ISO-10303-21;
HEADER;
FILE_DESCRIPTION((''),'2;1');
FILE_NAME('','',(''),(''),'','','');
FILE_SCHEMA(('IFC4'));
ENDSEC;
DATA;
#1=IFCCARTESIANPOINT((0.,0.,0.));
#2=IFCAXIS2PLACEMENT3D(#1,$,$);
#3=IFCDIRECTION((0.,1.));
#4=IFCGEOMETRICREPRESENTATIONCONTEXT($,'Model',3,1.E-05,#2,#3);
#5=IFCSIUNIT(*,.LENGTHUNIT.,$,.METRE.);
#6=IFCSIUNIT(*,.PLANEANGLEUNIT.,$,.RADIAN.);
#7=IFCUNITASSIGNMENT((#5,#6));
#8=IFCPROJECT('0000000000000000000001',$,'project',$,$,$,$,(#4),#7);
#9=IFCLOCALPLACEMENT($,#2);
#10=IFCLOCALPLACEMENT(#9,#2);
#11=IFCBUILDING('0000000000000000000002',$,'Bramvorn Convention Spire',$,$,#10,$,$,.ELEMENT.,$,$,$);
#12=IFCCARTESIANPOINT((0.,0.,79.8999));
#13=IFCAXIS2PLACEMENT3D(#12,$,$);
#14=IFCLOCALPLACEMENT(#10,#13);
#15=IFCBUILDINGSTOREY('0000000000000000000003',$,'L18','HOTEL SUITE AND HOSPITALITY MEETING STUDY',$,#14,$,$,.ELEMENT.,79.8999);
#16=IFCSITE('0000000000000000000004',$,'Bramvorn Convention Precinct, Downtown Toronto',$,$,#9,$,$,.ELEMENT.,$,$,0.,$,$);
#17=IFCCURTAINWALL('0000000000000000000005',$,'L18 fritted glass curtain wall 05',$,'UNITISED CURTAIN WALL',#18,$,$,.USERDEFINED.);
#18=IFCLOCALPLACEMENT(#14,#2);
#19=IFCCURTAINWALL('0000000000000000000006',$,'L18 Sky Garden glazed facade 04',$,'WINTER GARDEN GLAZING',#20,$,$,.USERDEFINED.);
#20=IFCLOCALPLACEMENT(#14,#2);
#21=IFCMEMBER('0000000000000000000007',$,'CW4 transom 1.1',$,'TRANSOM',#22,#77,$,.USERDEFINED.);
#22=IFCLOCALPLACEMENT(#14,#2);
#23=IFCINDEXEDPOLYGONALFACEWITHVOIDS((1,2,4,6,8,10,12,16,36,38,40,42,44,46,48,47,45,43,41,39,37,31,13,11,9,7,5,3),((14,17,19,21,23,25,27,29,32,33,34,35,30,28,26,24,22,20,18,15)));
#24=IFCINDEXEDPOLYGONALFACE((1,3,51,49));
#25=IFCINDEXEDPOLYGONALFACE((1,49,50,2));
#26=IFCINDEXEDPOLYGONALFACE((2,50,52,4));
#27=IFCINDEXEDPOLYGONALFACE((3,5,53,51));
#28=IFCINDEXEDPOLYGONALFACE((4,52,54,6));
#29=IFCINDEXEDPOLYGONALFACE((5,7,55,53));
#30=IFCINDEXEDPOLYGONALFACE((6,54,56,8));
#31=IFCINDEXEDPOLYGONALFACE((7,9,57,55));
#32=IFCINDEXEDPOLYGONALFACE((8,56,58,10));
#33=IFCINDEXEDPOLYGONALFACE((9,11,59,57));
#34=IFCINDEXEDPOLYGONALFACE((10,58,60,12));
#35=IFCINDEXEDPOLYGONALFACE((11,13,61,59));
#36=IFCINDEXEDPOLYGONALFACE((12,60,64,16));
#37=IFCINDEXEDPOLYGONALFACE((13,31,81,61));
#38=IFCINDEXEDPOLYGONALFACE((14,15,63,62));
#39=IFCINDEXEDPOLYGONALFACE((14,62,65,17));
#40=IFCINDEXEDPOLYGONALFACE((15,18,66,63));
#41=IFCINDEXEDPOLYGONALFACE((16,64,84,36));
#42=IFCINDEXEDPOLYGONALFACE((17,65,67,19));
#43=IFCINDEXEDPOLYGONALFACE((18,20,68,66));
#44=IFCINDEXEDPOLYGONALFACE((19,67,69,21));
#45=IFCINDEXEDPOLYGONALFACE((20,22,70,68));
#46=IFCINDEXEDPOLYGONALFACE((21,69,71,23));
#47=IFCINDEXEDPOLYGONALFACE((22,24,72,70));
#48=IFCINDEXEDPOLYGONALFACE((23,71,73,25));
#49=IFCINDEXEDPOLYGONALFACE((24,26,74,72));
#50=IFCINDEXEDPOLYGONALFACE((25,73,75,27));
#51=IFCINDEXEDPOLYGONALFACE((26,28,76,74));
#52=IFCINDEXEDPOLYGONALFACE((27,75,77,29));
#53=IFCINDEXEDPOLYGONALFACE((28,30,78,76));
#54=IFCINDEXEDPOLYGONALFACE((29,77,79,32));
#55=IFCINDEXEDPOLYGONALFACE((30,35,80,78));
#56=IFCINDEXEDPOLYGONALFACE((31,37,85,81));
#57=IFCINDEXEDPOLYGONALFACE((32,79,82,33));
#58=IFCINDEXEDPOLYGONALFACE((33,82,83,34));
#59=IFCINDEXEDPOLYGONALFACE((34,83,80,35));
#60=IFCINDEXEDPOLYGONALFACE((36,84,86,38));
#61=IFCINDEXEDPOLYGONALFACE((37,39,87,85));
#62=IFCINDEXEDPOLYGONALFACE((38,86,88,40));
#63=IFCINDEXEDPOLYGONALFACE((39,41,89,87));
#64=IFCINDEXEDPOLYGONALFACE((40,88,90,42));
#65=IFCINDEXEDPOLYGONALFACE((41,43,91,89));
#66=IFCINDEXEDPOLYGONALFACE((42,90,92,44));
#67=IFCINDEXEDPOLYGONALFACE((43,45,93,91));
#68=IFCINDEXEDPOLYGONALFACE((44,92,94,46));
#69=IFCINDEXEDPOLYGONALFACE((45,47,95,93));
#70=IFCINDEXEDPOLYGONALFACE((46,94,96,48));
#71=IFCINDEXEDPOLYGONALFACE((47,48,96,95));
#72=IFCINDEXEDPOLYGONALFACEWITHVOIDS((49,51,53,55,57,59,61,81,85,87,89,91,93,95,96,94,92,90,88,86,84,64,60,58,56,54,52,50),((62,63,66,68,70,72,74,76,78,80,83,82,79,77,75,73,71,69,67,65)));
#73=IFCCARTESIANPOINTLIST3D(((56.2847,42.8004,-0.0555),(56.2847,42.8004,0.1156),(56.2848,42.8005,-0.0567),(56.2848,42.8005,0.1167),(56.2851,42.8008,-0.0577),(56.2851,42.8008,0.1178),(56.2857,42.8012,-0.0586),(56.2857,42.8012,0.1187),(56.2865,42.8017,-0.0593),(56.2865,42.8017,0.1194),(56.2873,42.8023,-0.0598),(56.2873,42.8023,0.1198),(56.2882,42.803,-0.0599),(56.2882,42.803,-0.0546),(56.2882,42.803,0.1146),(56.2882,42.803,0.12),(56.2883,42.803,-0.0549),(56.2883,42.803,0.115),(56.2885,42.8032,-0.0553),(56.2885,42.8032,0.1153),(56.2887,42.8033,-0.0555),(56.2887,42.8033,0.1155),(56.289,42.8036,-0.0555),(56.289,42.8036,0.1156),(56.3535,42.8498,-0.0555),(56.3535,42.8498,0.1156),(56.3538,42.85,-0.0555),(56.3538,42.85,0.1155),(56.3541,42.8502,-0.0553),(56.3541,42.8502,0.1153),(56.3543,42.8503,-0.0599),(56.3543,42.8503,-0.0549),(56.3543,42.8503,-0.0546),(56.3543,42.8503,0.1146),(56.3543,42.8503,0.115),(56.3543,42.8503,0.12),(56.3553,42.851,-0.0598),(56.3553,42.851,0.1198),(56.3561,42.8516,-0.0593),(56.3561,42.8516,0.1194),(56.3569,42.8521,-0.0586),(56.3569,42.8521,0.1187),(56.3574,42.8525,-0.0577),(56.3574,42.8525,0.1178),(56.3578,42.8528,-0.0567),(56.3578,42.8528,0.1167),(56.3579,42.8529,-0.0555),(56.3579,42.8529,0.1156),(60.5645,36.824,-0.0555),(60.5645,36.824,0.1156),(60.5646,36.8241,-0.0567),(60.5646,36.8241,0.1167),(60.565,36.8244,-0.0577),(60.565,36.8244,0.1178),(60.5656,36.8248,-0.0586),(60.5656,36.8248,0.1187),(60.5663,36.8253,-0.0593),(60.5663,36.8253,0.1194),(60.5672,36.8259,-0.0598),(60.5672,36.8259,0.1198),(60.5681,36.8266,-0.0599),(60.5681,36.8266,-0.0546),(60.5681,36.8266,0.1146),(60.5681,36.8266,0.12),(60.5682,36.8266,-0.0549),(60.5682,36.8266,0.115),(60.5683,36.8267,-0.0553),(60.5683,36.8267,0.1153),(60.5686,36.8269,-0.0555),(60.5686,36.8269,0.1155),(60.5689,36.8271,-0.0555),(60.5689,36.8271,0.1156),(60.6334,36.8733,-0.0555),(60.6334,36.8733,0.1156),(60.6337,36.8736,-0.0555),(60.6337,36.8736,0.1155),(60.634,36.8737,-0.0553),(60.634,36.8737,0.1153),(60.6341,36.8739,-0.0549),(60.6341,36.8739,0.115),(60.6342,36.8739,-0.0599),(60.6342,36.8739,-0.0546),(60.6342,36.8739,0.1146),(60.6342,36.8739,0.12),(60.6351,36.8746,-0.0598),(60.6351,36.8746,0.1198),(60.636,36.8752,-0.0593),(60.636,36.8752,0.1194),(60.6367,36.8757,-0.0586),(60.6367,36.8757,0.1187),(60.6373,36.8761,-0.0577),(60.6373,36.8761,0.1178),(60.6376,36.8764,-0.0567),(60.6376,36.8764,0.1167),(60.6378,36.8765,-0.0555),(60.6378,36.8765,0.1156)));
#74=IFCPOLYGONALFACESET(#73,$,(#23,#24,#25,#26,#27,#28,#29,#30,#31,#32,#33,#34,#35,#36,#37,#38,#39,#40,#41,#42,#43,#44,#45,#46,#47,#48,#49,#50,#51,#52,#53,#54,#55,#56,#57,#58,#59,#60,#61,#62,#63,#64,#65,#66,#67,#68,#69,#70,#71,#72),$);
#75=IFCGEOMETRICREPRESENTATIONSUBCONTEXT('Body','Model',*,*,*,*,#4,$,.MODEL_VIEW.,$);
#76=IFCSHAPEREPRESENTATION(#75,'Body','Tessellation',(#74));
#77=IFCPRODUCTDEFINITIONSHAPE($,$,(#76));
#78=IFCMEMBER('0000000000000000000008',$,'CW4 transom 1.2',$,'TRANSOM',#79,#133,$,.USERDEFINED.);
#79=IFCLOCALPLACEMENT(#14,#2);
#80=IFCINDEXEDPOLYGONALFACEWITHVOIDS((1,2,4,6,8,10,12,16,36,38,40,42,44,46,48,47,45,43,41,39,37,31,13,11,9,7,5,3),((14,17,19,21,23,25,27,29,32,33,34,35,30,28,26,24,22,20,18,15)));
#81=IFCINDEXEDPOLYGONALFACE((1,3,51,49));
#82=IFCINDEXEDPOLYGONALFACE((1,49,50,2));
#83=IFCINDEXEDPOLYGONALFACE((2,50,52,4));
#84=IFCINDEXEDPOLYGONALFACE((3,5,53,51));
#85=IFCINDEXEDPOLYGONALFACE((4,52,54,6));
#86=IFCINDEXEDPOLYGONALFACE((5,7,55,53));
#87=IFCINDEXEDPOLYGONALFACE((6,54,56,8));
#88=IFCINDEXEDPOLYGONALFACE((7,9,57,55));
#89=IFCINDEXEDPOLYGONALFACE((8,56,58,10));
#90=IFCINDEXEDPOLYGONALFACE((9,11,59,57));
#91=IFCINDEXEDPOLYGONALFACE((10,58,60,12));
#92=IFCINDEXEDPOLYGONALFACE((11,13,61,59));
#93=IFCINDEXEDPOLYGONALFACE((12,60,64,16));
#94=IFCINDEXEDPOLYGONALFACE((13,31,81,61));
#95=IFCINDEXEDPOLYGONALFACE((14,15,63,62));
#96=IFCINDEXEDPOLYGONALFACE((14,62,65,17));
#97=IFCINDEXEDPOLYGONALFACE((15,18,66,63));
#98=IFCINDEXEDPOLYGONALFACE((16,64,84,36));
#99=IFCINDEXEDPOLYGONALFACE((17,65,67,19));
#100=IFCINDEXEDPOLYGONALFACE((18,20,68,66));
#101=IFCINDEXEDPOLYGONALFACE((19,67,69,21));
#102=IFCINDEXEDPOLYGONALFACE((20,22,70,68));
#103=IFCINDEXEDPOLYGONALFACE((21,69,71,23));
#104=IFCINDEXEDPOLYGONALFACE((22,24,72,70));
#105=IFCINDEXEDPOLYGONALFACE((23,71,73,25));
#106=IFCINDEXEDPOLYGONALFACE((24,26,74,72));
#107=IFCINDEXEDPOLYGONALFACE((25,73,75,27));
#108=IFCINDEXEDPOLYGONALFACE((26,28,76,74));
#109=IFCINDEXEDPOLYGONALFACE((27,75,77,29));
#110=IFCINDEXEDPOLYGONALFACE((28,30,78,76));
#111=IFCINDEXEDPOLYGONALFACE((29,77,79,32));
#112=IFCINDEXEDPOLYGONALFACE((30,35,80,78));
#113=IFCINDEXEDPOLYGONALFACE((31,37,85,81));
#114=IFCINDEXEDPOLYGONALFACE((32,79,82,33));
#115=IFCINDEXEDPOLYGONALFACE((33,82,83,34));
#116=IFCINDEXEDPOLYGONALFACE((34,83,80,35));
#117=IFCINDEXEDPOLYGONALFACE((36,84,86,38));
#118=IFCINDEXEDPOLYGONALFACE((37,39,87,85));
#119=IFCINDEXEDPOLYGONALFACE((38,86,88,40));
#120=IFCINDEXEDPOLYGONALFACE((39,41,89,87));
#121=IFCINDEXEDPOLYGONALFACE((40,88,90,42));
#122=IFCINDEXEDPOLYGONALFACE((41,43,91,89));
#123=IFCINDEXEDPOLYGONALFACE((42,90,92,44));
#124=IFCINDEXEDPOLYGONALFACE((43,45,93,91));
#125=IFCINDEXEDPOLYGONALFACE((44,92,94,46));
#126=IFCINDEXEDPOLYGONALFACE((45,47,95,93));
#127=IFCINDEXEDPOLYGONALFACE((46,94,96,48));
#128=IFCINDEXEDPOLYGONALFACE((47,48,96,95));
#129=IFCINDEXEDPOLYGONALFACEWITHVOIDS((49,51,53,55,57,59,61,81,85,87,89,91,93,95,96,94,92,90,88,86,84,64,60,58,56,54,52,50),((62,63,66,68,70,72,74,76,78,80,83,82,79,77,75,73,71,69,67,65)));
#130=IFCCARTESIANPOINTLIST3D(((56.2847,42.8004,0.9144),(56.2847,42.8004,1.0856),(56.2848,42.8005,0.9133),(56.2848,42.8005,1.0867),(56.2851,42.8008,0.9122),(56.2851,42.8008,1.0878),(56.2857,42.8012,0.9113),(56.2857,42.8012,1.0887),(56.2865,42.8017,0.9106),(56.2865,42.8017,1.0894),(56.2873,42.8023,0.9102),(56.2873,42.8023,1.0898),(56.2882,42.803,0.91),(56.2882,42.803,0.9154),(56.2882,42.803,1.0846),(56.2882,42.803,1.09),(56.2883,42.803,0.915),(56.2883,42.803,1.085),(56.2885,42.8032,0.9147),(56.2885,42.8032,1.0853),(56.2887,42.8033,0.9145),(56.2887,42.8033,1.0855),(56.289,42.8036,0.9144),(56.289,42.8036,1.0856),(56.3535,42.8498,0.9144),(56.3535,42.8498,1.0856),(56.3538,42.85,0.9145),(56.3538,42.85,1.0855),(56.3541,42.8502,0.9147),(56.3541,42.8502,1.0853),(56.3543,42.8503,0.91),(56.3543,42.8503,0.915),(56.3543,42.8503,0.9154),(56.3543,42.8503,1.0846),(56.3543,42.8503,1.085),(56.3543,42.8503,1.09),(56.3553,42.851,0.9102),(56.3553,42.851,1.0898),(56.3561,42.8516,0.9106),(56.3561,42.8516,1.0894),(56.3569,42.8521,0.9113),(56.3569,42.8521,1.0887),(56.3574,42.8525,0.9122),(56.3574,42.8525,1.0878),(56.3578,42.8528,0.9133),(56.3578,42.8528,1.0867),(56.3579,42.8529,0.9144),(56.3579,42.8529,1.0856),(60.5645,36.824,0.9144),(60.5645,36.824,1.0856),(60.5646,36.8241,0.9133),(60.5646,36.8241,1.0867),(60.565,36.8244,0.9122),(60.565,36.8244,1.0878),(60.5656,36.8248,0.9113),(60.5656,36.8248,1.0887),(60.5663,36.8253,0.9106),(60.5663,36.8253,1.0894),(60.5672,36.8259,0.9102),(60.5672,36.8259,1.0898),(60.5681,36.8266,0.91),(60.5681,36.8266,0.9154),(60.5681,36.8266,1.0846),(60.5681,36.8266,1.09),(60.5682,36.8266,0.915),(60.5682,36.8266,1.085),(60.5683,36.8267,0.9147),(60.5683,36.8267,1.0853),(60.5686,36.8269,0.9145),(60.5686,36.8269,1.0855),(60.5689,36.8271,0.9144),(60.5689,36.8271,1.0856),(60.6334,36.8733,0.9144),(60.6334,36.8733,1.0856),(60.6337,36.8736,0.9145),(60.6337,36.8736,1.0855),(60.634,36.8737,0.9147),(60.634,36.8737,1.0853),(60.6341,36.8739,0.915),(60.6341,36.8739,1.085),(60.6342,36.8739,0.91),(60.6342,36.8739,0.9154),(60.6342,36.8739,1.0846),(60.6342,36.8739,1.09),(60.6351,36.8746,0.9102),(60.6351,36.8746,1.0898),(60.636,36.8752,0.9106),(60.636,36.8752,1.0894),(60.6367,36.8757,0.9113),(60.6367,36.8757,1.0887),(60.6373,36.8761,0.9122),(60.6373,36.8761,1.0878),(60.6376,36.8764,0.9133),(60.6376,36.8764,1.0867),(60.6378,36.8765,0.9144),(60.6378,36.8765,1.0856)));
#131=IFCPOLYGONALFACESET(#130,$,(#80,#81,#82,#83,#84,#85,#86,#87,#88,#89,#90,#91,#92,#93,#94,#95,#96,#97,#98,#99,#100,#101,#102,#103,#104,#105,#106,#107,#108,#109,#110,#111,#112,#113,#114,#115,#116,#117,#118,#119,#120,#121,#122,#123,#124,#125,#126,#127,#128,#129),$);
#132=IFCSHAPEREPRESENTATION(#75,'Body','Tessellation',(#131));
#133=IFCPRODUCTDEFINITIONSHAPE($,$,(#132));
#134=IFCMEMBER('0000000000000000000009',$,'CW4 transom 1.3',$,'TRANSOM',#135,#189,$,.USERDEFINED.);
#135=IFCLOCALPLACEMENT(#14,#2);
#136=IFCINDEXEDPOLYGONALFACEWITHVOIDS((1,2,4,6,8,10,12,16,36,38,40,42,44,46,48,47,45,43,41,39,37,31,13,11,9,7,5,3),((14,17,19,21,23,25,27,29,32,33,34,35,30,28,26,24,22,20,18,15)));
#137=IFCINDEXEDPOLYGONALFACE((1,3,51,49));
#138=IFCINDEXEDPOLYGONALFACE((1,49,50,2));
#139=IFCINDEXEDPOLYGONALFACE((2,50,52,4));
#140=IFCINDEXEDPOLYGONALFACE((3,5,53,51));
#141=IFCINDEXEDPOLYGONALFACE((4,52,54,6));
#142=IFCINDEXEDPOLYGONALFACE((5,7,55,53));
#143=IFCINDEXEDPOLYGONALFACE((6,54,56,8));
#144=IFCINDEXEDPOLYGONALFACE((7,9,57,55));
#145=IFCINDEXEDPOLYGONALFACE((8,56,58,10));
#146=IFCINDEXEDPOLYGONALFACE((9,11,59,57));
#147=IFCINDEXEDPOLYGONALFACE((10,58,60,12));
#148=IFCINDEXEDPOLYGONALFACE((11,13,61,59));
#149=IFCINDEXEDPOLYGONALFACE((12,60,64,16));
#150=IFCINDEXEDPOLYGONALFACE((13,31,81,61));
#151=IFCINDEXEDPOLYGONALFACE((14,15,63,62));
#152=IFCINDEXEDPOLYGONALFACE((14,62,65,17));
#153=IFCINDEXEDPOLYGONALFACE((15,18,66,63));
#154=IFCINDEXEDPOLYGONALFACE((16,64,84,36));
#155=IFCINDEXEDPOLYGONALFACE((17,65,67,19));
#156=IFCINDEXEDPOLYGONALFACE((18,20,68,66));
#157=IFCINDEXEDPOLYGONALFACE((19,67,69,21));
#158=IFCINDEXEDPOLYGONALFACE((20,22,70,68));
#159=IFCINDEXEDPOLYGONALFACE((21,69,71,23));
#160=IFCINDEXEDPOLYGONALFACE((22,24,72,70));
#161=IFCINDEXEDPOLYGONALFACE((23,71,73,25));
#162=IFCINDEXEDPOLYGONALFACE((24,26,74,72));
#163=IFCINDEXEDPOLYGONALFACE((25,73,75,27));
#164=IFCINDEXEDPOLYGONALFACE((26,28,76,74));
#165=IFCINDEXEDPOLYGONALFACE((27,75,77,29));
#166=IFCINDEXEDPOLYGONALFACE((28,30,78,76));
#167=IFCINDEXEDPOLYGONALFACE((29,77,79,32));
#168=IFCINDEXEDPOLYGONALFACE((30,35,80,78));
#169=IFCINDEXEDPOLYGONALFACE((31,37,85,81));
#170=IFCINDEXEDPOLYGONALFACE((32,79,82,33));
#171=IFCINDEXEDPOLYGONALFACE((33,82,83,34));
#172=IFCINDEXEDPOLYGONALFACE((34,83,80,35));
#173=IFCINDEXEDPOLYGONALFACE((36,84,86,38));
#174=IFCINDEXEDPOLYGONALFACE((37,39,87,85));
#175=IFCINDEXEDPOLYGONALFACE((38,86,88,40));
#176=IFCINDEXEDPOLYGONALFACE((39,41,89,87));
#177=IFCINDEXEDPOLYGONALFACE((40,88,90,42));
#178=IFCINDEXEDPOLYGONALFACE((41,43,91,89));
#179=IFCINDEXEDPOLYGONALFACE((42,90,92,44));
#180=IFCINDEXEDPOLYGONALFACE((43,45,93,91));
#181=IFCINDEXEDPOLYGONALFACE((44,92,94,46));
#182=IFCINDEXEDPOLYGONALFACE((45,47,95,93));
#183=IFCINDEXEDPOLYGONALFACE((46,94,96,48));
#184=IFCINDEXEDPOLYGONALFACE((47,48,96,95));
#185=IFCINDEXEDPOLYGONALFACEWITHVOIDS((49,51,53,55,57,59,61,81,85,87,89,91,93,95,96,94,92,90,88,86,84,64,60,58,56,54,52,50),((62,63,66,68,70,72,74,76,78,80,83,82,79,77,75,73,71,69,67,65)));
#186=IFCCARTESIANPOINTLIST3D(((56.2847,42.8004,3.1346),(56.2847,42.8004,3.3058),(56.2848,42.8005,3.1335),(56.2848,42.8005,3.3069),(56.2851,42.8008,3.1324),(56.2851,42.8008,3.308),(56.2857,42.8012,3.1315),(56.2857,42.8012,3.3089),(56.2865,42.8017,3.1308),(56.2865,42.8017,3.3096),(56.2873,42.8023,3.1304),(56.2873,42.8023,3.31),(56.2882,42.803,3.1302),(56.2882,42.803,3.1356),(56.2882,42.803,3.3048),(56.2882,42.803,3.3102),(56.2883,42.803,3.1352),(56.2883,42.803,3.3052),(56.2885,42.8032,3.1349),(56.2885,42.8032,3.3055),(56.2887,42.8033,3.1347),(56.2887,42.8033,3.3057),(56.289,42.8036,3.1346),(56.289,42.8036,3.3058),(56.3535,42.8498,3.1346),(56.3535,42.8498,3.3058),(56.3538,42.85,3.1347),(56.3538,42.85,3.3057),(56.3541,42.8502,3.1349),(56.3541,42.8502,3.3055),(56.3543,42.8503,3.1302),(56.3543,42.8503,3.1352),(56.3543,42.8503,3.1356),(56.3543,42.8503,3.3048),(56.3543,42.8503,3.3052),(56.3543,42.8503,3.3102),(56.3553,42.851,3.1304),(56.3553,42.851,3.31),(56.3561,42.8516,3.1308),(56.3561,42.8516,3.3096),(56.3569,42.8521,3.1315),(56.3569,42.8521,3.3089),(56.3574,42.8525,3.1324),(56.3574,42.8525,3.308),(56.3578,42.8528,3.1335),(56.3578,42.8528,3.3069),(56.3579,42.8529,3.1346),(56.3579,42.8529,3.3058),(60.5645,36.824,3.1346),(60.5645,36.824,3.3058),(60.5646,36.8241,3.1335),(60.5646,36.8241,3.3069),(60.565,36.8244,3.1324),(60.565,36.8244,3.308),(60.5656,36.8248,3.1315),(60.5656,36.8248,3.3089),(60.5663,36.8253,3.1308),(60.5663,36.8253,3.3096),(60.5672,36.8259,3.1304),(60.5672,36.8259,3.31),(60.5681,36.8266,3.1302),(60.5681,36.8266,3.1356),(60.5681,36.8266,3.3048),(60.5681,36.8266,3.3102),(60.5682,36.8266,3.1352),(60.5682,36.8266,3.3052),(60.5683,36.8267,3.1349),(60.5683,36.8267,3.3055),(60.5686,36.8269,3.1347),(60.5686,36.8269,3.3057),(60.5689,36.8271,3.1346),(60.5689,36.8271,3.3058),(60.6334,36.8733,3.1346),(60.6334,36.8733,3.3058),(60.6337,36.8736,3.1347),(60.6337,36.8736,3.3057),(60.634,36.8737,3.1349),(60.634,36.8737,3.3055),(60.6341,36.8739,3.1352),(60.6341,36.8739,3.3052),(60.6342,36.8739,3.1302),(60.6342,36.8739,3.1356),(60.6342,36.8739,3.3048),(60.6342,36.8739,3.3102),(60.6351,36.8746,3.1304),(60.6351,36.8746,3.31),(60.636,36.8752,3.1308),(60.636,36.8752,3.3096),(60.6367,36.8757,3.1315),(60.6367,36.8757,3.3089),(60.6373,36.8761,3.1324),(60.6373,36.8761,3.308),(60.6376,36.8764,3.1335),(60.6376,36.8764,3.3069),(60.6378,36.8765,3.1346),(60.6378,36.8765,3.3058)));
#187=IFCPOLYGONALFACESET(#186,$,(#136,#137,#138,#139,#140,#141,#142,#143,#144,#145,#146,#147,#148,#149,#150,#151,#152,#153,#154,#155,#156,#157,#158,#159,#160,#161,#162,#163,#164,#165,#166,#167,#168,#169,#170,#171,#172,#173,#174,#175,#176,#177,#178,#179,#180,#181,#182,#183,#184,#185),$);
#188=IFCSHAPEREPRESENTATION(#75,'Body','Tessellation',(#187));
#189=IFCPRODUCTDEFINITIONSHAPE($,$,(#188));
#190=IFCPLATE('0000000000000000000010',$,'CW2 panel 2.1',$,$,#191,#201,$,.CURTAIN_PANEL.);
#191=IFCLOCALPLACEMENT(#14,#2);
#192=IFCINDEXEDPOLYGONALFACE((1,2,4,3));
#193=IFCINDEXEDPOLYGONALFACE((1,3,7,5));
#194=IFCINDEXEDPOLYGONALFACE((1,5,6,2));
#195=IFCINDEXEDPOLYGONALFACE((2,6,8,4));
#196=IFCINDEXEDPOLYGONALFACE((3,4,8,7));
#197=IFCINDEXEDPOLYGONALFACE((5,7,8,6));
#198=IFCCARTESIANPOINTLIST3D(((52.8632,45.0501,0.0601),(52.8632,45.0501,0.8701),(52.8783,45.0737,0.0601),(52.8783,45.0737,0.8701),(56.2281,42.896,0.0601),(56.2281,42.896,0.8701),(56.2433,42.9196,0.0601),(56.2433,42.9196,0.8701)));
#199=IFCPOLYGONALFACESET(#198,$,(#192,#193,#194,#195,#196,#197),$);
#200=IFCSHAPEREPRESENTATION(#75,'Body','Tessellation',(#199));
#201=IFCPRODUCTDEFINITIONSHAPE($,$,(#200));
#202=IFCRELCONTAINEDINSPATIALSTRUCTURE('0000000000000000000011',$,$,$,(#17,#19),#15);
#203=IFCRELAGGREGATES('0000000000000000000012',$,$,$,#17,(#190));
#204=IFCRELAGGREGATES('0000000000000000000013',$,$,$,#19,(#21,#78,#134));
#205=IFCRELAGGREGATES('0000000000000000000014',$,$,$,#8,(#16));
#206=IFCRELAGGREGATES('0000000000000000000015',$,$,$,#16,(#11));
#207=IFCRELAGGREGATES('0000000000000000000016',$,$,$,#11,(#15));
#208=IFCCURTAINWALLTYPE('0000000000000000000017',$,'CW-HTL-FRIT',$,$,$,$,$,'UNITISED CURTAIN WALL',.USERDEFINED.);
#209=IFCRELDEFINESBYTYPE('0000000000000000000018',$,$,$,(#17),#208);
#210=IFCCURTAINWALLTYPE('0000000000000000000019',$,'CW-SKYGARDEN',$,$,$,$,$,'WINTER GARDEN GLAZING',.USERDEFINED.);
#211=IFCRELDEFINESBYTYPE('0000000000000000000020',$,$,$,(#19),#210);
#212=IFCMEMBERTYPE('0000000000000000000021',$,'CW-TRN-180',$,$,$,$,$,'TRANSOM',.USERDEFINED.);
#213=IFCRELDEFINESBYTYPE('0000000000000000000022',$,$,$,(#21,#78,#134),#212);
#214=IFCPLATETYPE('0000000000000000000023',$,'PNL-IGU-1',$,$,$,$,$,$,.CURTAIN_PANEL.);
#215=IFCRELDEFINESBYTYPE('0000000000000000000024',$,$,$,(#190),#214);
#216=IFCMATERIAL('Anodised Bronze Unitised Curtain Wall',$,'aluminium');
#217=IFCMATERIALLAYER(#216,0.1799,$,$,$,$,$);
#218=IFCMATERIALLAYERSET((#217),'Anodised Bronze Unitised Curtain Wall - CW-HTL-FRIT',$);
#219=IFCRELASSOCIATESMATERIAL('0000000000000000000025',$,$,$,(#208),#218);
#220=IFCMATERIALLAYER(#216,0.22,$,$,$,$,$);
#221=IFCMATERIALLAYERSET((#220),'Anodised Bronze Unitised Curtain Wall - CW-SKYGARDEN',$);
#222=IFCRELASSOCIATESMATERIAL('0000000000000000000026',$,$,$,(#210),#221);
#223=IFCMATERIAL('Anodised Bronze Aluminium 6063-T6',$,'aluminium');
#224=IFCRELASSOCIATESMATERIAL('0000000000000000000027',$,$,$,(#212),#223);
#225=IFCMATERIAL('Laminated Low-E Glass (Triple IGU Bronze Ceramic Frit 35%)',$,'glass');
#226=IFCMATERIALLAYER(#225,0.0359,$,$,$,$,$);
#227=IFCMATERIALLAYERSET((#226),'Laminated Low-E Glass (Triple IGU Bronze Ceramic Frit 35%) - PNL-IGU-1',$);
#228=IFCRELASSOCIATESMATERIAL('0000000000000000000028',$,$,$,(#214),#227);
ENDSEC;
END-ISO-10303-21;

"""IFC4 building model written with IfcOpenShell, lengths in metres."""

from ifc_helpers import new_model, si_unit, direction, frame, origin, origin_2d, place, context, subcontext, project, spatial, rectangle, hollow_rectangle, extrude, material, layer, layer_set, material_profile, profile_set, type_object, element, aggregate, save


model = new_model("IFC4")

# Units and contexts
model_context = context("Model", 3, precision=1e-05, world=origin(), true_north=direction((0.0, 1.0)))
body_context = subcontext(model_context, "Body", "Model", "MODEL_VIEW")
ifc_project = project(units=[si_unit("LENGTHUNIT", "METRE"), si_unit("PLANEANGLEUNIT", "RADIAN")], contexts=[model_context])

# Site, building, storey
site_placement = place(None, origin())
site = spatial("IfcSite", under=ifc_project, at=site_placement, Name="Bramvorn Convention Precinct, Downtown Toronto", CompositionType="ELEMENT", RefElevation=0.0)
building_placement = place(site_placement, origin())
building = spatial("IfcBuilding", under=site, at=building_placement, Name="Bramvorn Convention Spire", CompositionType="ELEMENT")
storey_placement = place(building_placement, frame((0.0, 0.0, 79.8999)))
storey = spatial("IfcBuildingStorey", under=building, at=storey_placement, Name="L18", Description="HOTEL SUITE AND HOSPITALITY MEETING STUDY", CompositionType="ELEMENT", Elevation=79.8999)

# Curtain wall
ifc_material_1 = material(Name="Anodised Bronze Unitised Curtain Wall", Category="aluminium")
ifc_layer_1 = layer(ifc_material_1, 0.1799)
ifc_layer_set_1 = layer_set([ifc_layer_1], Name="Anodised Bronze Unitised Curtain Wall - CW-HTL-FRIT")
curtain_wall_type_1 = type_object("IfcCurtainWallType", Name="CW-HTL-FRIT", ElementType="UNITISED CURTAIN WALL", PredefinedType="USERDEFINED", material=ifc_layer_set_1)
curtain_wall_1_placement = place(storey_placement, origin())
curtain_wall_1 = element("IfcCurtainWall", 1, at=curtain_wall_1_placement, inside=storey, type_object=curtain_wall_type_1, Name="L18 fritted glass curtain wall 05", ObjectType="UNITISED CURTAIN WALL", PredefinedType="USERDEFINED")
ifc_material_2 = material(Name="Anodised Bronze Aluminium 6063-T6", Category="aluminium")

# Shared definitions
ifc_layer_2 = layer(ifc_material_1, 0.22)
ifc_layer_set_2 = layer_set([ifc_layer_2], Name="Anodised Bronze Unitised Curtain Wall - CW-SKYGARDEN")
curtain_wall_type_2 = type_object("IfcCurtainWallType", Name="CW-SKYGARDEN", ElementType="WINTER GARDEN GLAZING", PredefinedType="USERDEFINED", material=ifc_layer_set_2)

# Curtain wall
curtain_wall_2_placement = place(storey_placement, origin())
curtain_wall_2 = element("IfcCurtainWall", 2, at=curtain_wall_2_placement, inside=storey, type_object=curtain_wall_type_2, Name="L18 Sky Garden glazed facade 04", ObjectType="WINTER GARDEN GLAZING", PredefinedType="USERDEFINED")

# Members
ifc_material_profile_1 = material_profile(ifc_material_2, hollow_rectangle(XDim=0.0901, YDim=0.1799, WallThickness=0.0044, InnerFilletRadius=0.001, OuterFilletRadius=0.0044, at=origin_2d()))
ifc_profile_set_1 = profile_set([ifc_material_profile_1], Name="Anodised Bronze Aluminium 6063-T6 - CWT90X180")
member_type_1 = type_object("IfcMemberType", Name="CW-TRN-180", ElementType="TRANSOM", PredefinedType="USERDEFINED", material=ifc_profile_set_1)
member_1_placement = place(storey_placement, frame((56.3213, 42.8267, 0.03), z_axis=(0.582227, -0.813026, 0.0), x_axis=(0.813026, 0.582227, 0.0)))
member_1 = element("IfcMember", 3, at=member_1_placement, type_object=member_type_1, Name="CW4 transom 1.1", ObjectType="TRANSOM", PredefinedType="USERDEFINED", context=body_context, shape_type="SweptSolid", body=[
    extrude(hollow_rectangle(XDim=0.0901, YDim=0.1799, WallThickness=0.0044, InnerFilletRadius=0.001, OuterFilletRadius=0.0044, at=origin_2d()), origin(), (0.0, 0.0, 1.0), 7.3508),
])
member_2_placement = place(storey_placement, frame((56.3213, 42.8267, 1.0), z_axis=(0.582227, -0.813026, 0.0), x_axis=(0.813026, 0.582227, 0.0)))
member_2 = element("IfcMember", 4, at=member_2_placement, type_object=member_type_1, Name="CW4 transom 1.2", ObjectType="TRANSOM", PredefinedType="USERDEFINED", context=body_context, shape_type="SweptSolid", body=[
    extrude(hollow_rectangle(XDim=0.0901, YDim=0.1799, WallThickness=0.0044, InnerFilletRadius=0.001, OuterFilletRadius=0.0044, at=origin_2d()), origin(), (0.0, 0.0, 1.0), 7.3508),
])
member_3_placement = place(storey_placement, frame((56.3213, 42.8267, 3.2202), z_axis=(0.582227, -0.813026, 0.0), x_axis=(0.813026, 0.582227, 0.0)))
member_3 = element("IfcMember", 5, at=member_3_placement, type_object=member_type_1, Name="CW4 transom 1.3", ObjectType="TRANSOM", PredefinedType="USERDEFINED", context=body_context, shape_type="SweptSolid", body=[
    extrude(hollow_rectangle(XDim=0.0901, YDim=0.1799, WallThickness=0.0044, InnerFilletRadius=0.001, OuterFilletRadius=0.0044, at=origin_2d()), origin(), (0.0, 0.0, 1.0), 7.3508),
])

# Plate
ifc_material_3 = material(Name="Laminated Low-E Glass (Triple IGU Bronze Ceramic Frit 35%)", Category="glass")
ifc_layer_3 = layer(ifc_material_3, 0.0359)
ifc_layer_set_3 = layer_set([ifc_layer_3], Name="Laminated Low-E Glass (Triple IGU Bronze Ceramic Frit 35%) - PNL-IGU-1")
plate_type_1 = type_object("IfcPlateType", Name="PNL-IGU-1", PredefinedType="CURTAIN_PANEL", material=ifc_layer_set_3)
plate_1_placement = place(storey_placement, frame((54.5532, 43.9849, 0.0601), z_axis=(0.0, 0.0, 1.0), x_axis=(0.842208, -0.539153, 0.0)))
plate_1 = element("IfcPlate", 6, at=plate_1_placement, type_object=plate_type_1, Name="CW2 panel 2.1", PredefinedType="CURTAIN_PANEL", context=body_context, shape_type="SweptSolid", body=[
    extrude(rectangle(XDim=3.9954, YDim=0.0281, at=origin_2d()), origin(), (0.0, 0.0, 1.0), 0.8101),
])
aggregate(curtain_wall_1, [plate_1])
aggregate(curtain_wall_2, [member_1, member_2, member_3])

save(model, "model.ifc")
